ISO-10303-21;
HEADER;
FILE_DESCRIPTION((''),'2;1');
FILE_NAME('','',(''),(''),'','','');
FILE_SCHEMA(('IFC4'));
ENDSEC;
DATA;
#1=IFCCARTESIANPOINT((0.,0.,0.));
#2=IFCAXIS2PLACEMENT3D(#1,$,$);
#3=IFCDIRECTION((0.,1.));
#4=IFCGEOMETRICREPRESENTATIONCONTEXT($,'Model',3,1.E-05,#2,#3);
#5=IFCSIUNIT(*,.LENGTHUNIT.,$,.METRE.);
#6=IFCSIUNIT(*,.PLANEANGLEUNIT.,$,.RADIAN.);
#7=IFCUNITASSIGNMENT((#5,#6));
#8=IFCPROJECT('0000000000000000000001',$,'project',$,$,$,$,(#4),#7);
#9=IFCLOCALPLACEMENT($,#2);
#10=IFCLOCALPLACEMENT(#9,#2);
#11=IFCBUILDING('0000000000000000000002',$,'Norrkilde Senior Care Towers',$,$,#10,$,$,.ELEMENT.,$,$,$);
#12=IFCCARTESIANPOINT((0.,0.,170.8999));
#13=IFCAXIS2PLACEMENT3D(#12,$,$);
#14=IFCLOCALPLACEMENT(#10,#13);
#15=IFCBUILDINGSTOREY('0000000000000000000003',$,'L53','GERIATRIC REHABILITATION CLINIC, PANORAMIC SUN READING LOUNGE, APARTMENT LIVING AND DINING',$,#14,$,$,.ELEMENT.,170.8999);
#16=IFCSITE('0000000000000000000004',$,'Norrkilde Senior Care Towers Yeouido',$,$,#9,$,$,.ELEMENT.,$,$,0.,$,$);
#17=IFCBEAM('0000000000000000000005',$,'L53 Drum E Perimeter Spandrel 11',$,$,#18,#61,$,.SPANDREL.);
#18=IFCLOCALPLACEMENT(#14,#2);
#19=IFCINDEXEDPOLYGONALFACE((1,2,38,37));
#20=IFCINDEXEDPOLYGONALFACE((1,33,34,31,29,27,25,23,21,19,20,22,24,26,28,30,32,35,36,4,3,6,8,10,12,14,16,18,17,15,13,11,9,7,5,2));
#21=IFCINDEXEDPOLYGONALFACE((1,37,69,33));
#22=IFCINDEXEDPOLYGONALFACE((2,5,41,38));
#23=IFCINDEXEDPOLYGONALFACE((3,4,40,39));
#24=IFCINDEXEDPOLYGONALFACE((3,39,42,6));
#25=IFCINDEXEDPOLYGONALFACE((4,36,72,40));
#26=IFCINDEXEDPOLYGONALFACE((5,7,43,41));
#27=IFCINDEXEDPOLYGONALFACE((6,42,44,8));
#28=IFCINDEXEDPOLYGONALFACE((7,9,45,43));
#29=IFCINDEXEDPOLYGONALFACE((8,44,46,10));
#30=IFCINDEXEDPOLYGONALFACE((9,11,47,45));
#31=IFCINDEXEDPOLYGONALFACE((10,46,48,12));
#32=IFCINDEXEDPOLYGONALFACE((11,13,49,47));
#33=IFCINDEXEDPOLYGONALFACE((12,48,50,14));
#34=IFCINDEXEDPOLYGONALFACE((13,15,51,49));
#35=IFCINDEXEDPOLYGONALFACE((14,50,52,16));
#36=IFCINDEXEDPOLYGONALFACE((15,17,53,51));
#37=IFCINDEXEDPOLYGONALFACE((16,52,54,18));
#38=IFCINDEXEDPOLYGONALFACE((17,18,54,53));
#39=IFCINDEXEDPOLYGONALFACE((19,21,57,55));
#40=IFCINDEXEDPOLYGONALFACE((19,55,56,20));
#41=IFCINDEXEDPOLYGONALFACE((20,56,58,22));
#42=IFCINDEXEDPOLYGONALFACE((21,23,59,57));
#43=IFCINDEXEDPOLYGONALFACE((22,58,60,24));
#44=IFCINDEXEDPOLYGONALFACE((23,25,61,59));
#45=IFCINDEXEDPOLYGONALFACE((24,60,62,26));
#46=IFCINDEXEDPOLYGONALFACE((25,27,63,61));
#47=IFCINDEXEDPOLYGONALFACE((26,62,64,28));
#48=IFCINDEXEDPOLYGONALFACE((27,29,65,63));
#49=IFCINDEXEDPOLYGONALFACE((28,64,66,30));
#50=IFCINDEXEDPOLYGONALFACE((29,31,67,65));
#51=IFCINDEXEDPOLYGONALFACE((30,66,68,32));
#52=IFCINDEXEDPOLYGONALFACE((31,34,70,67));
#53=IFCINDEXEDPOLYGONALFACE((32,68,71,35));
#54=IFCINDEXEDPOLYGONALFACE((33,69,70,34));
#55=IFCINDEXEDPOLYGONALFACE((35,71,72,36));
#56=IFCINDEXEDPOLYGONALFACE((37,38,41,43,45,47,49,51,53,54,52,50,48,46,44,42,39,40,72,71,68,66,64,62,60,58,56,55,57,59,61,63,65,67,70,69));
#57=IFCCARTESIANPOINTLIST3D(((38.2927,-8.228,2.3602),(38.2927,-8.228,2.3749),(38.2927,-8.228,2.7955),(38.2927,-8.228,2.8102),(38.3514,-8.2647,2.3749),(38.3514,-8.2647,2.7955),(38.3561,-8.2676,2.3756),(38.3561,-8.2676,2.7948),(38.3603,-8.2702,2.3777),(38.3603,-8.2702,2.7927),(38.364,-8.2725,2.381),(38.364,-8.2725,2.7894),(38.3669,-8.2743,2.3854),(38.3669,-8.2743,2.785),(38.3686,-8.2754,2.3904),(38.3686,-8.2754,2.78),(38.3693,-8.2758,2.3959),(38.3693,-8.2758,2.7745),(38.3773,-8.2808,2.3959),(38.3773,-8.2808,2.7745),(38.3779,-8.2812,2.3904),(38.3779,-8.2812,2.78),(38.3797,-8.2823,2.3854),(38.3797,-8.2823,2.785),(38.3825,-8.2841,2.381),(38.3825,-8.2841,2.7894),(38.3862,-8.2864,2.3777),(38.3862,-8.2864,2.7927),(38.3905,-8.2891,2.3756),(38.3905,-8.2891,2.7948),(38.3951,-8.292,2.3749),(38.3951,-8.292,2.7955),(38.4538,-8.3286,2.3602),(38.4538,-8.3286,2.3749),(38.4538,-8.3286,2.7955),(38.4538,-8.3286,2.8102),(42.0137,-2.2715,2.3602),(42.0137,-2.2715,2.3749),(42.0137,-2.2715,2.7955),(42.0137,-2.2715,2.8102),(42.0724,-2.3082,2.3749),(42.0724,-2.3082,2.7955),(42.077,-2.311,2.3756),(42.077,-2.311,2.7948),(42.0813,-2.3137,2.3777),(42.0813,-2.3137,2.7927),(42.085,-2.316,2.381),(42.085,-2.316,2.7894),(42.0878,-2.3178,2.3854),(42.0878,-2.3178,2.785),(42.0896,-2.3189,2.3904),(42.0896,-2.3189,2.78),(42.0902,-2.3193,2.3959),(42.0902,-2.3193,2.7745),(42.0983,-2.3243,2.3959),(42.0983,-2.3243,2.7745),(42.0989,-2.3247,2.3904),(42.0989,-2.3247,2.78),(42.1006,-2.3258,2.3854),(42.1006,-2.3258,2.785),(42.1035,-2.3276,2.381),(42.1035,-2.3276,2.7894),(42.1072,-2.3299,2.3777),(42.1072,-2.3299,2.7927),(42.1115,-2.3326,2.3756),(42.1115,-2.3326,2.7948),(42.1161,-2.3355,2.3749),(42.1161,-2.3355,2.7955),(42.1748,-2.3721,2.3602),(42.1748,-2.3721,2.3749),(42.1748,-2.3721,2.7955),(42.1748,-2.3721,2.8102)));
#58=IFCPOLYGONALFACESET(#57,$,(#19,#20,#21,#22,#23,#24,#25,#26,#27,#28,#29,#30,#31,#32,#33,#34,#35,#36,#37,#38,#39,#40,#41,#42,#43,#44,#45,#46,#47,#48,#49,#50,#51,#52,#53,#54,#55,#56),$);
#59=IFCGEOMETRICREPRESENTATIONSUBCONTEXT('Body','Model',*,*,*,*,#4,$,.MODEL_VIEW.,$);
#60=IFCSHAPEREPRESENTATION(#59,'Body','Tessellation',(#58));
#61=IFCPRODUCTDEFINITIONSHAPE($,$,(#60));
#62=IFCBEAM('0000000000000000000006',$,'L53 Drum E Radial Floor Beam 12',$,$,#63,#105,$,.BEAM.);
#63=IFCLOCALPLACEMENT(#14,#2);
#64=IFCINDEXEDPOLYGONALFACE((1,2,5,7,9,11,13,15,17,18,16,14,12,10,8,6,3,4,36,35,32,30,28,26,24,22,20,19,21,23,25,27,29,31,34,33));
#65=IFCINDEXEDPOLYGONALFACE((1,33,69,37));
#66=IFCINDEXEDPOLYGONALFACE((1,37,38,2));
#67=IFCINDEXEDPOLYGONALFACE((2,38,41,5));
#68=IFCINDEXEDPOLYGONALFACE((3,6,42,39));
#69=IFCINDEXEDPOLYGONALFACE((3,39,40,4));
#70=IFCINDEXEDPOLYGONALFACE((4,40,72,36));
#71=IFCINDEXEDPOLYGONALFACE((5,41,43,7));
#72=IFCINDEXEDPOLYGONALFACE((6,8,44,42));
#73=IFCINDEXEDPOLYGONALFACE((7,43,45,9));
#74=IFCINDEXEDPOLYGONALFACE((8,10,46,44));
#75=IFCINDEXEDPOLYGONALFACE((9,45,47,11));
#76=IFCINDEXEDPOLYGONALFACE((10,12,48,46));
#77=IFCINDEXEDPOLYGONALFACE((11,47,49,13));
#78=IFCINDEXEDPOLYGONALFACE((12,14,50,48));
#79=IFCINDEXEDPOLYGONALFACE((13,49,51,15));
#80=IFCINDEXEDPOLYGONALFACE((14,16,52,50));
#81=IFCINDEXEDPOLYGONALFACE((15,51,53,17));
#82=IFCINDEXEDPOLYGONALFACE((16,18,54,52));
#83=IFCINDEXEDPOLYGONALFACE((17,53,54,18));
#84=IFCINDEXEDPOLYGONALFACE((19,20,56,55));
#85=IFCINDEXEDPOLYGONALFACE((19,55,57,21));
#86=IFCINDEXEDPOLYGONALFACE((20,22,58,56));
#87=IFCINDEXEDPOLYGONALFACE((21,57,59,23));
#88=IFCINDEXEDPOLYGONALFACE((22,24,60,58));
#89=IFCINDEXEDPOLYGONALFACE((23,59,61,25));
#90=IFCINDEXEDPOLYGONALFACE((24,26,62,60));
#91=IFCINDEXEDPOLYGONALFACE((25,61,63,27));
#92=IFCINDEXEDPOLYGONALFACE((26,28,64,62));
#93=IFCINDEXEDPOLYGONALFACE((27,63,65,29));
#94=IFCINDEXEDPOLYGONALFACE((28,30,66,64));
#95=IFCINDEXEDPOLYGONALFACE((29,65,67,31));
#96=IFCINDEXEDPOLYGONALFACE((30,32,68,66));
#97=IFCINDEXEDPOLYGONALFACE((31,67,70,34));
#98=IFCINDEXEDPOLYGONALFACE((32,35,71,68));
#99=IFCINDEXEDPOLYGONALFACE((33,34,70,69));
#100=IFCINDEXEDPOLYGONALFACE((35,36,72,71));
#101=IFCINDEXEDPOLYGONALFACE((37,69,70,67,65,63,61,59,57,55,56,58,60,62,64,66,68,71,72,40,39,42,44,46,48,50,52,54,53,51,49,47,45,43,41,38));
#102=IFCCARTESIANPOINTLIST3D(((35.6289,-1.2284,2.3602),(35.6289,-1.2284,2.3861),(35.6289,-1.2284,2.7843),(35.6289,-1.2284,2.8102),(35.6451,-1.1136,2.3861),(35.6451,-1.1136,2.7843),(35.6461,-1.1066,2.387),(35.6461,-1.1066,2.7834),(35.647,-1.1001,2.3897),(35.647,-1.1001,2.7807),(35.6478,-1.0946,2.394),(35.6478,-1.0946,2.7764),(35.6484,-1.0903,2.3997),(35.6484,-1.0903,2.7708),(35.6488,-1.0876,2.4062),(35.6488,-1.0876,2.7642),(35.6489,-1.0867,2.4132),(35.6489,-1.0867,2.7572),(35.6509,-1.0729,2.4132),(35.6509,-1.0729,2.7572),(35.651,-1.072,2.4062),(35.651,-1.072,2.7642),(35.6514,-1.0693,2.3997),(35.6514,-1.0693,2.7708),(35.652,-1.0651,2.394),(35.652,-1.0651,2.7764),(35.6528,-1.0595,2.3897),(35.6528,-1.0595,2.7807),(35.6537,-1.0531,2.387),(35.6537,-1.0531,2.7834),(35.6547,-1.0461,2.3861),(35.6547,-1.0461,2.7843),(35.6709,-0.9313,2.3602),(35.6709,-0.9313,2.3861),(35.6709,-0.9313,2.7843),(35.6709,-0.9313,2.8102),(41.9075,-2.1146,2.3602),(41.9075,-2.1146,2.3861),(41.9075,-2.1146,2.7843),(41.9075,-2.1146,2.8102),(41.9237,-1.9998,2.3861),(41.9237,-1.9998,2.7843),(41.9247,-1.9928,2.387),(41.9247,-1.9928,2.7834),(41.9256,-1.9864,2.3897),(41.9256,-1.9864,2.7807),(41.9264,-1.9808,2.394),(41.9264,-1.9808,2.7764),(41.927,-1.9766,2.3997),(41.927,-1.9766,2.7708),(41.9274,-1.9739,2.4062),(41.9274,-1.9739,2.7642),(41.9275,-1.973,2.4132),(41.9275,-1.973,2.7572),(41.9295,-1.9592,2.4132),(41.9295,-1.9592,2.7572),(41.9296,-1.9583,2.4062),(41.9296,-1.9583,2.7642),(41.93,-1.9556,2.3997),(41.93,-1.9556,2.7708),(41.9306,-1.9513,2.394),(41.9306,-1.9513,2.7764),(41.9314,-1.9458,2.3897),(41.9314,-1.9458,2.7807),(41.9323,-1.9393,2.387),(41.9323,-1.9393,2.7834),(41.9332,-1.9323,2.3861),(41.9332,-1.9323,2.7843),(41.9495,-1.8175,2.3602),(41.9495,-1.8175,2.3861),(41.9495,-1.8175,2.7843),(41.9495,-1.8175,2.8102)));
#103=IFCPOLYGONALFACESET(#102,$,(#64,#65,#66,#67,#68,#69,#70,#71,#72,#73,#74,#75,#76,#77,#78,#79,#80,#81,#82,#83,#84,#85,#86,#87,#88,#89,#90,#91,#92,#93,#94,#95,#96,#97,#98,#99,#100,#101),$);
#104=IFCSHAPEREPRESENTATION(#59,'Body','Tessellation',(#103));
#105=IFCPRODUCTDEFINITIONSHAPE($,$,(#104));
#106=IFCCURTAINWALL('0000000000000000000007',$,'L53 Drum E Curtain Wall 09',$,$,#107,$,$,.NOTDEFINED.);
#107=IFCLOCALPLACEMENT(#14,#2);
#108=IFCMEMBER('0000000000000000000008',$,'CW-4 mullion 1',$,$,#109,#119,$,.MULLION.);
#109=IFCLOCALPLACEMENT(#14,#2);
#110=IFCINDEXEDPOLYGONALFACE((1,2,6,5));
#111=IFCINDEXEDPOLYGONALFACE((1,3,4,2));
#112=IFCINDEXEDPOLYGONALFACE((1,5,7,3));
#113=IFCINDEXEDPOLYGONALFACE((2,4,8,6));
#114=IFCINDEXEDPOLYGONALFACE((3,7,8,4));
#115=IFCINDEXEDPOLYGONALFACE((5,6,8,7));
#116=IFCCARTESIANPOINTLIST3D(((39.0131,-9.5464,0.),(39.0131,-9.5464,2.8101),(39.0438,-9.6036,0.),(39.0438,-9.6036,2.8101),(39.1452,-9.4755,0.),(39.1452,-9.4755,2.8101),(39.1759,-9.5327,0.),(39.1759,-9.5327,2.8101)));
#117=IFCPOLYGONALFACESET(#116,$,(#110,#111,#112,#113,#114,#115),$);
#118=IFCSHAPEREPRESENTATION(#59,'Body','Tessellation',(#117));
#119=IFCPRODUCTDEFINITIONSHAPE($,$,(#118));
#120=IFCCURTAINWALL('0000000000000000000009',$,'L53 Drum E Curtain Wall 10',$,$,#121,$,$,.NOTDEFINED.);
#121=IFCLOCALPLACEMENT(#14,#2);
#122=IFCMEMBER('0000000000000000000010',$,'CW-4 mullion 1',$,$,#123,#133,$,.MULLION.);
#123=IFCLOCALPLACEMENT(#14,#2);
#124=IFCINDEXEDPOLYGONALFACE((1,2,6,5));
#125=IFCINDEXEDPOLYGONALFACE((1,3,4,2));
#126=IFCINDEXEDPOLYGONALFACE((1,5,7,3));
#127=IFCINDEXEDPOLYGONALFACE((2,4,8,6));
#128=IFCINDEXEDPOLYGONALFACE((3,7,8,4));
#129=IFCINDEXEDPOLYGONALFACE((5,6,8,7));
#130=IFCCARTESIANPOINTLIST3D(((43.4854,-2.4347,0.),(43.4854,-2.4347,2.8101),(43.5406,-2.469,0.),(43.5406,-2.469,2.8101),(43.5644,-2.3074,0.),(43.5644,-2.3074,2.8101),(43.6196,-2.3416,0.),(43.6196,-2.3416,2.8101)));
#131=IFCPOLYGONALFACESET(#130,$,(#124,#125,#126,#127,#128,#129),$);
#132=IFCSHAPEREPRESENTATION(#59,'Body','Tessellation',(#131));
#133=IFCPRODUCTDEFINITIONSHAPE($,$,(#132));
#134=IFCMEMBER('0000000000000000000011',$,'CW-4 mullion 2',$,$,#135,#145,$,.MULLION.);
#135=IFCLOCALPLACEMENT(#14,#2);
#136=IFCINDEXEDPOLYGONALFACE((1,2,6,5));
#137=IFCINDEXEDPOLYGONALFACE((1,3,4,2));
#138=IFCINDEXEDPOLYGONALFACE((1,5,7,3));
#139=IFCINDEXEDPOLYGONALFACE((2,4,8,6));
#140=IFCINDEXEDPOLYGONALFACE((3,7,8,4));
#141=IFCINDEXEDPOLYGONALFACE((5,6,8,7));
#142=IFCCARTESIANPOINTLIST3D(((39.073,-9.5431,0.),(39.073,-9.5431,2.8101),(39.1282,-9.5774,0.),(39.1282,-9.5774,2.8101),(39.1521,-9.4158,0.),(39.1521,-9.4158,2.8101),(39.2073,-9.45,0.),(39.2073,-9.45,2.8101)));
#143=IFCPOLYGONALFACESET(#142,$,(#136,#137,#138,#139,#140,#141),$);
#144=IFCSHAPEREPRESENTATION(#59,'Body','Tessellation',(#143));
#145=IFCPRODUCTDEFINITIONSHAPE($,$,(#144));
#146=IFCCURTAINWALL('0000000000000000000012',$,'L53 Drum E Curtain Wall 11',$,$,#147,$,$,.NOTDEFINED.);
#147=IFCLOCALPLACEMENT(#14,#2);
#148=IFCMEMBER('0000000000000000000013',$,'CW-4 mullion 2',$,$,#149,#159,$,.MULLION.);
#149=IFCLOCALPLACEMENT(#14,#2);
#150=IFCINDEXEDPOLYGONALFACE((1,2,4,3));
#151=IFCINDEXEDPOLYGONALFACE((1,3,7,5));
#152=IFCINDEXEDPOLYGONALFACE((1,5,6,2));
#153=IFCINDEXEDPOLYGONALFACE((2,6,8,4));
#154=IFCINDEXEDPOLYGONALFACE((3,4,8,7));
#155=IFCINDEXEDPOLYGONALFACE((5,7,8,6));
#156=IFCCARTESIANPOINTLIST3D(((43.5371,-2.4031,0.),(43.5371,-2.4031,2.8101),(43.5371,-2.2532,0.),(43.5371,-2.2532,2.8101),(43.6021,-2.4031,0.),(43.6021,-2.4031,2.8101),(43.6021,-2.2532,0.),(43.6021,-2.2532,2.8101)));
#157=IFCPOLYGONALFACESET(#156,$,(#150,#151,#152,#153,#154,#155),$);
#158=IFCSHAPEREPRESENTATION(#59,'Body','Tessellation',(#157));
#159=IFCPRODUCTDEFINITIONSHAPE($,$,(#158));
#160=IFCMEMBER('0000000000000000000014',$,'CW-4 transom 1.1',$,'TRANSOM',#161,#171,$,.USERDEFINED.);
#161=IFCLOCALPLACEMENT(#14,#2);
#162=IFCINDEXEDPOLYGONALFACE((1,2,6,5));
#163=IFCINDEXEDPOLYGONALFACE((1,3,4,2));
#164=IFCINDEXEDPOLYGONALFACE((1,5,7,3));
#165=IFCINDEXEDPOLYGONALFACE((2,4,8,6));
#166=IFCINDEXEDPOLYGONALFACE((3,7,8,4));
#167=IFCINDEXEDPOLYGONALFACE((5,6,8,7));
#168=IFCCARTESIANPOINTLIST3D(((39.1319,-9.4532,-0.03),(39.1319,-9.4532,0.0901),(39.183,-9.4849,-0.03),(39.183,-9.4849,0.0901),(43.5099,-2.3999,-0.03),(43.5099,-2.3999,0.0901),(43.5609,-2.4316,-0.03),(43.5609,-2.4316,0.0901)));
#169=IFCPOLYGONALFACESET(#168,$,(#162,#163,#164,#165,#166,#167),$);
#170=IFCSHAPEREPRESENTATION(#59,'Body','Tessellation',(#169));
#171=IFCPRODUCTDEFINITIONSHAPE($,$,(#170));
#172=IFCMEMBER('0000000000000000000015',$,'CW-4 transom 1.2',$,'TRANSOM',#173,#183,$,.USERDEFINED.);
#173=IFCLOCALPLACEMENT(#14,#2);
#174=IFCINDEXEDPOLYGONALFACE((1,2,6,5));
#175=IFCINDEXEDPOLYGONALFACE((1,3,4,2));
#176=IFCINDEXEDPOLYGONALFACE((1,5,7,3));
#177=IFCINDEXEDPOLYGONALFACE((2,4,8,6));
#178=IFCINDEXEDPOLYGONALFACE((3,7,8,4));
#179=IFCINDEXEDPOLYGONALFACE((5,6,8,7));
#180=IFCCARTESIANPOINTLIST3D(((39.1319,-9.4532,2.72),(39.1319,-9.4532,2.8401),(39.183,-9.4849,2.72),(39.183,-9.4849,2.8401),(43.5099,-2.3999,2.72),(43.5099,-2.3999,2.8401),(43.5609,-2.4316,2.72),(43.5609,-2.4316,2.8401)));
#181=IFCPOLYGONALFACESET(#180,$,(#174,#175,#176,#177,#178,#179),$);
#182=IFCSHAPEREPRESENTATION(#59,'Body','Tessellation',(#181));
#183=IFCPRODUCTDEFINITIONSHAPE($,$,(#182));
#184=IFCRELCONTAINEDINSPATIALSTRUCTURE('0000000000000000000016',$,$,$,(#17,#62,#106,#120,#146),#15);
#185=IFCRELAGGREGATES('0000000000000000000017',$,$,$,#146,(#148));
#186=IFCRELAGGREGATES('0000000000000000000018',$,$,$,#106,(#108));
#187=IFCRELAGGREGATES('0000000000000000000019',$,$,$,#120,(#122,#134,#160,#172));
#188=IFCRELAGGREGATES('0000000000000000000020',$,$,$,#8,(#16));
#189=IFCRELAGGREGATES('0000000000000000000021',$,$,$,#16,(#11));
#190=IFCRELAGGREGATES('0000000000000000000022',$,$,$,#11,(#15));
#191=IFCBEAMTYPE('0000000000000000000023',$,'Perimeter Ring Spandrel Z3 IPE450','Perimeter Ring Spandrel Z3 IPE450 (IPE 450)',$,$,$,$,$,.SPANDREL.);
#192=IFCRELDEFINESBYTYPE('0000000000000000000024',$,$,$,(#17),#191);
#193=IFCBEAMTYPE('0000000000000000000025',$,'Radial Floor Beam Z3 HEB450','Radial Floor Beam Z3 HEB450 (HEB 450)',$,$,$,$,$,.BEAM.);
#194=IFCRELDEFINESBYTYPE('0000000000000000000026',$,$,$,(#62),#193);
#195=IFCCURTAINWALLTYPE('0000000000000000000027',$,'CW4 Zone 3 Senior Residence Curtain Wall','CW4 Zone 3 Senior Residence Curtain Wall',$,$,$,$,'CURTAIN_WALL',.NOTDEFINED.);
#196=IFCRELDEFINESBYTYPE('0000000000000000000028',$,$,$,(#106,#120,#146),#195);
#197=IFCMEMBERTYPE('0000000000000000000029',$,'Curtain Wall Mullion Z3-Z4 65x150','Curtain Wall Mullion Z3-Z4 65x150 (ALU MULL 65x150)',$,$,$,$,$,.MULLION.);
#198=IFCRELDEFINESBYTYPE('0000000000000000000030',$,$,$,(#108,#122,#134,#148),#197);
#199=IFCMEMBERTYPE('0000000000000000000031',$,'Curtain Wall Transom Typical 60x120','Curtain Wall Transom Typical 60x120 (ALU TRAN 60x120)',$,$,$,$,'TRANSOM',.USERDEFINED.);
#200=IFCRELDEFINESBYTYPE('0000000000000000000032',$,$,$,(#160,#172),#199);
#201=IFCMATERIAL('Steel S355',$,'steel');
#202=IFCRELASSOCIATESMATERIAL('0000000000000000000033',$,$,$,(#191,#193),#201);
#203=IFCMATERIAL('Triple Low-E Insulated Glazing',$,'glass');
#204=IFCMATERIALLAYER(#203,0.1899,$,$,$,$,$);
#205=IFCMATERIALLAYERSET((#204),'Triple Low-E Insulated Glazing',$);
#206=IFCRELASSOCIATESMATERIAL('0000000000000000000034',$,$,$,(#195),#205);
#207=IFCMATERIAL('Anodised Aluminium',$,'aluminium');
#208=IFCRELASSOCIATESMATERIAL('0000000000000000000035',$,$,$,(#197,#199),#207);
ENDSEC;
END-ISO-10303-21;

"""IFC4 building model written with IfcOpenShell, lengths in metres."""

from ifc_helpers import new_model, si_unit, direction, frame, origin, origin_2d, place, context, subcontext, project, spatial, rectangle, i_section, extrude, source, transform, mapped, material, layer, layer_set, material_profile, profile_set, type_object, type_shapes, element, aggregate, save


model = new_model("IFC4")

# Units and contexts
model_context = context("Model", 3, precision=1e-05, world=origin(), true_north=direction((0.0, 1.0)))
body_context = subcontext(model_context, "Body", "Model", "MODEL_VIEW")
ifc_project = project(units=[si_unit("LENGTHUNIT", "METRE"), si_unit("PLANEANGLEUNIT", "RADIAN")], contexts=[model_context])

# Site, building, storey
site_placement = place(None, origin())
site = spatial("IfcSite", under=ifc_project, at=site_placement, Name="Norrkilde Senior Care Towers Yeouido", CompositionType="ELEMENT", RefElevation=0.0)
building_placement = place(site_placement, origin())
building = spatial("IfcBuilding", under=site, at=building_placement, Name="Norrkilde Senior Care Towers", CompositionType="ELEMENT")
storey_placement = place(building_placement, frame((0.0, 0.0, 170.8999)))
storey = spatial("IfcBuildingStorey", under=building, at=storey_placement, Name="L53", Description="GERIATRIC REHABILITATION CLINIC, PANORAMIC SUN READING LOUNGE, APARTMENT LIVING AND DINING", CompositionType="ELEMENT", Elevation=170.8999)

# Beams
ifc_material_1 = material(Name="Steel S355", Category="steel")
ifc_material_profile_1 = material_profile(ifc_material_1, i_section(OverallWidth=0.1899, OverallDepth=0.45, WebThickness=0.0095, FlangeThickness=0.0146, FilletRadius=0.021, at=origin_2d()), Name="IPE 450")
ifc_profile_set_1 = profile_set([ifc_material_profile_1], Name="Steel S355")
beam_type_1 = type_object("IfcBeamType", Name="Perimeter Ring Spandrel Z3 IPE450", Description="Perimeter Ring Spandrel Z3 IPE450 (IPE 450)", PredefinedType="SPANDREL", material=ifc_profile_set_1)
shared_shape_1 = source(origin(), body_context, "Body", "SweptSolid", [
    extrude(i_section(OverallWidth=0.1899, OverallDepth=0.45, WebThickness=0.0095, FlangeThickness=0.0146, FilletRadius=0.021, at=origin_2d()), origin(), (0.0, 0.0, 1.0), 7.0232),
])
beam_1_placement = place(storey_placement, frame((38.3733, -8.2783, 2.5852), z_axis=(0.529805, 0.848119, 0.0), x_axis=(-0.848119, 0.529805, 0.0)))
element("IfcBeam", 1, at=beam_1_placement, inside=storey, type_object=beam_type_1, Name="L53 Drum E Perimeter Spandrel 11", PredefinedType="SPANDREL", context=body_context, shape_type="MappedRepresentation", body=[
    mapped(shared_shape_1, transform((0.0, 0.0, 0.0), x_axis=(1.0, 0.0, 0.0), y_axis=(0.0, 1.0, 0.0), z_axis=(0.0, 0.0, 1.0), scale=1.0)),
])
ifc_material_profile_2 = material_profile(ifc_material_1, i_section(OverallWidth=0.3, OverallDepth=0.45, WebThickness=0.0139, FlangeThickness=0.0259, FilletRadius=0.0271, at=origin_2d()), Name="HEB 450")
ifc_profile_set_2 = profile_set([ifc_material_profile_2], Name="Steel S355")
beam_type_2 = type_object("IfcBeamType", Name="Radial Floor Beam Z3 HEB450", Description="Radial Floor Beam Z3 HEB450 (HEB 450)", PredefinedType="BEAM", material=ifc_profile_set_2)
shared_shape_2 = source(origin(), body_context, "Body", "SweptSolid", [
    extrude(i_section(OverallWidth=0.3, OverallDepth=0.45, WebThickness=0.0139, FlangeThickness=0.0259, FilletRadius=0.0271, at=origin_2d()), origin(), (0.0, 0.0, 1.0), 6.3408),
])
type_shapes(beam_type_2, [shared_shape_2])
beam_2_placement = place(storey_placement, frame((35.6499, -1.0798, 2.5852), z_axis=(0.990185, -0.139766, 0.0), x_axis=(0.139766, 0.990185, 0.0)))
element("IfcBeam", 2, at=beam_2_placement, inside=storey, type_object=beam_type_2, Name="L53 Drum E Radial Floor Beam 12", PredefinedType="BEAM", context=body_context, shape_type="MappedRepresentation", body=[
    mapped(shared_shape_2, transform((0.0, 0.0, 0.0), x_axis=(1.0, 0.0, 0.0), y_axis=(0.0, 1.0, 0.0), z_axis=(0.0, 0.0, 1.0), scale=1.0)),
])

# Curtain wall, member
ifc_material_2 = material(Name="Triple Low-E Insulated Glazing", Category="glass")
ifc_layer_1 = layer(ifc_material_2, 0.1899)
ifc_layer_set_1 = layer_set([ifc_layer_1], Name="Triple Low-E Insulated Glazing")
curtain_wall_type = type_object("IfcCurtainWallType", Name="CW4 Zone 3 Senior Residence Curtain Wall", Description="CW4 Zone 3 Senior Residence Curtain Wall", ElementType="CURTAIN_WALL", PredefinedType="NOTDEFINED", material=ifc_layer_set_1)
curtain_wall_1_placement = place(storey_placement, origin())
curtain_wall_1 = element("IfcCurtainWall", 3, at=curtain_wall_1_placement, inside=storey, type_object=curtain_wall_type, Name="L53 Drum E Curtain Wall 09", PredefinedType="NOTDEFINED")
ifc_material_3 = material(Name="Anodised Aluminium", Category="aluminium")
ifc_material_profile_3 = material_profile(ifc_material_3, rectangle(XDim=0.0649, YDim=0.1499, at=origin_2d()), Name="ALU MULL 65x150")
ifc_profile_set_3 = profile_set([ifc_material_profile_3], Name="Anodised Aluminium")
member_type_1 = type_object("IfcMemberType", Name="Curtain Wall Mullion Z3-Z4 65x150", Description="Curtain Wall Mullion Z3-Z4 65x150 (ALU MULL 65x150)", PredefinedType="MULLION", material=ifc_profile_set_3)
shared_shape_3 = source(origin(), body_context, "Body", "SweptSolid", [
    extrude(rectangle(XDim=0.0649, YDim=0.1499, at=origin_2d()), origin(), (0.0, 0.0, 1.0), 2.8101),
])
type_shapes(member_type_1, [shared_shape_3])
member_1_placement = place(storey_placement, frame((39.0945, -9.5396, 0.0), z_axis=(0.0, 0.0, 1.0), x_axis=(0.473117, -0.881, 0.0)))
member_1 = element("IfcMember", 4, at=member_1_placement, type_object=member_type_1, Name="CW-4 mullion 1", PredefinedType="MULLION", context=body_context, shape_type="MappedRepresentation", body=[
    mapped(shared_shape_3, transform((0.0, 0.0, 0.0), x_axis=(1.0, 0.0, 0.0), y_axis=(0.0, 1.0, 0.0), z_axis=(0.0, 0.0, 1.0), scale=1.0)),
])

# Curtain wall, members
curtain_wall_2_placement = place(storey_placement, origin())
curtain_wall_2 = element("IfcCurtainWall", 5, at=curtain_wall_2_placement, inside=storey, type_object=curtain_wall_type, Name="L53 Drum E Curtain Wall 10", PredefinedType="NOTDEFINED")
member_2_placement = place(storey_placement, frame((43.5525, -2.3882, 0.0), z_axis=(0.0, 0.0, 1.0), x_axis=(0.849634, -0.527373, 0.0)))
member_2 = element("IfcMember", 6, at=member_2_placement, type_object=member_type_1, Name="CW-4 mullion 1", PredefinedType="MULLION", context=body_context, shape_type="MappedRepresentation", body=[
    mapped(shared_shape_3, transform((0.0, 0.0, 0.0), x_axis=(1.0, 0.0, 0.0), y_axis=(0.0, 1.0, 0.0), z_axis=(0.0, 0.0, 1.0), scale=1.0)),
])
member_3_placement = place(storey_placement, frame((39.1401, -9.4966, 0.0), z_axis=(0.0, 0.0, 1.0), x_axis=(0.849634, -0.527373, 0.0)))
member_3 = element("IfcMember", 7, at=member_3_placement, type_object=member_type_1, Name="CW-4 mullion 2", PredefinedType="MULLION", context=body_context, shape_type="MappedRepresentation", body=[
    mapped(shared_shape_3, transform((0.0, 0.0, 0.0), x_axis=(1.0, 0.0, 0.0), y_axis=(0.0, 1.0, 0.0), z_axis=(0.0, 0.0, 1.0), scale=1.0)),
])

# Curtain wall, member
curtain_wall_3_placement = place(storey_placement, origin())
curtain_wall_3 = element("IfcCurtainWall", 8, at=curtain_wall_3_placement, inside=storey, type_object=curtain_wall_type, Name="L53 Drum E Curtain Wall 11", PredefinedType="NOTDEFINED")
member_4_placement = place(storey_placement, frame((43.5696, -2.3281, 0.0), z_axis=(0.0, 0.0, 1.0), x_axis=(1.0, 0.0, 0.0)))
member_4 = element("IfcMember", 9, at=member_4_placement, type_object=member_type_1, Name="CW-4 mullion 2", PredefinedType="MULLION", context=body_context, shape_type="MappedRepresentation", body=[
    mapped(shared_shape_3, transform((0.0, 0.0, 0.0), x_axis=(1.0, 0.0, 0.0), y_axis=(0.0, 1.0, 0.0), z_axis=(0.0, 0.0, 1.0), scale=1.0)),
])
aggregate(curtain_wall_3, [member_4])

# Members
ifc_material_profile_4 = material_profile(ifc_material_3, rectangle(XDim=0.0601, YDim=0.1201, at=origin_2d()), Name="ALU TRAN 60x120")
ifc_profile_set_4 = profile_set([ifc_material_profile_4], Name="Anodised Aluminium")
member_type_2 = type_object("IfcMemberType", Name="Curtain Wall Transom Typical 60x120", Description="Curtain Wall Transom Typical 60x120 (ALU TRAN 60x120)", ElementType="TRANSOM", PredefinedType="USERDEFINED", material=ifc_profile_set_4)
shared_shape_4 = source(origin(), body_context, "Body", "SweptSolid", [
    extrude(rectangle(XDim=0.0601, YDim=0.1201, at=origin_2d()), origin(), (0.0, 0.0, 1.0), 8.3015),
])
member_5_placement = place(storey_placement, frame((43.5354, -2.4158, 0.03), z_axis=(-0.527369, -0.849637, 0.0), x_axis=(0.849637, -0.527369, 0.0)))
member_5 = element("IfcMember", 10, at=member_5_placement, type_object=member_type_2, Name="CW-4 transom 1.1", ObjectType="TRANSOM", PredefinedType="USERDEFINED", context=body_context, shape_type="MappedRepresentation", body=[
    mapped(shared_shape_4, transform((0.0, 0.0, 0.0), x_axis=(1.0, 0.0, 0.0), y_axis=(0.0, 1.0, 0.0), z_axis=(0.0, 0.0, 1.0), scale=1.0)),
])
member_6_placement = place(storey_placement, frame((43.5354, -2.4158, 2.78), z_axis=(-0.527369, -0.849637, 0.0), x_axis=(0.849637, -0.527369, 0.0)))
member_6 = element("IfcMember", 11, at=member_6_placement, type_object=member_type_2, Name="CW-4 transom 1.2", ObjectType="TRANSOM", PredefinedType="USERDEFINED", context=body_context, shape_type="MappedRepresentation", body=[
    mapped(shared_shape_4, transform((0.0, 0.0, 0.0), x_axis=(1.0, 0.0, 0.0), y_axis=(0.0, 1.0, 0.0), z_axis=(0.0, 0.0, 1.0), scale=1.0)),
])
aggregate(curtain_wall_1, [member_1])

aggregate(curtain_wall_2, [member_2, member_3, member_5, member_6])

save(model, "model.ifc")
